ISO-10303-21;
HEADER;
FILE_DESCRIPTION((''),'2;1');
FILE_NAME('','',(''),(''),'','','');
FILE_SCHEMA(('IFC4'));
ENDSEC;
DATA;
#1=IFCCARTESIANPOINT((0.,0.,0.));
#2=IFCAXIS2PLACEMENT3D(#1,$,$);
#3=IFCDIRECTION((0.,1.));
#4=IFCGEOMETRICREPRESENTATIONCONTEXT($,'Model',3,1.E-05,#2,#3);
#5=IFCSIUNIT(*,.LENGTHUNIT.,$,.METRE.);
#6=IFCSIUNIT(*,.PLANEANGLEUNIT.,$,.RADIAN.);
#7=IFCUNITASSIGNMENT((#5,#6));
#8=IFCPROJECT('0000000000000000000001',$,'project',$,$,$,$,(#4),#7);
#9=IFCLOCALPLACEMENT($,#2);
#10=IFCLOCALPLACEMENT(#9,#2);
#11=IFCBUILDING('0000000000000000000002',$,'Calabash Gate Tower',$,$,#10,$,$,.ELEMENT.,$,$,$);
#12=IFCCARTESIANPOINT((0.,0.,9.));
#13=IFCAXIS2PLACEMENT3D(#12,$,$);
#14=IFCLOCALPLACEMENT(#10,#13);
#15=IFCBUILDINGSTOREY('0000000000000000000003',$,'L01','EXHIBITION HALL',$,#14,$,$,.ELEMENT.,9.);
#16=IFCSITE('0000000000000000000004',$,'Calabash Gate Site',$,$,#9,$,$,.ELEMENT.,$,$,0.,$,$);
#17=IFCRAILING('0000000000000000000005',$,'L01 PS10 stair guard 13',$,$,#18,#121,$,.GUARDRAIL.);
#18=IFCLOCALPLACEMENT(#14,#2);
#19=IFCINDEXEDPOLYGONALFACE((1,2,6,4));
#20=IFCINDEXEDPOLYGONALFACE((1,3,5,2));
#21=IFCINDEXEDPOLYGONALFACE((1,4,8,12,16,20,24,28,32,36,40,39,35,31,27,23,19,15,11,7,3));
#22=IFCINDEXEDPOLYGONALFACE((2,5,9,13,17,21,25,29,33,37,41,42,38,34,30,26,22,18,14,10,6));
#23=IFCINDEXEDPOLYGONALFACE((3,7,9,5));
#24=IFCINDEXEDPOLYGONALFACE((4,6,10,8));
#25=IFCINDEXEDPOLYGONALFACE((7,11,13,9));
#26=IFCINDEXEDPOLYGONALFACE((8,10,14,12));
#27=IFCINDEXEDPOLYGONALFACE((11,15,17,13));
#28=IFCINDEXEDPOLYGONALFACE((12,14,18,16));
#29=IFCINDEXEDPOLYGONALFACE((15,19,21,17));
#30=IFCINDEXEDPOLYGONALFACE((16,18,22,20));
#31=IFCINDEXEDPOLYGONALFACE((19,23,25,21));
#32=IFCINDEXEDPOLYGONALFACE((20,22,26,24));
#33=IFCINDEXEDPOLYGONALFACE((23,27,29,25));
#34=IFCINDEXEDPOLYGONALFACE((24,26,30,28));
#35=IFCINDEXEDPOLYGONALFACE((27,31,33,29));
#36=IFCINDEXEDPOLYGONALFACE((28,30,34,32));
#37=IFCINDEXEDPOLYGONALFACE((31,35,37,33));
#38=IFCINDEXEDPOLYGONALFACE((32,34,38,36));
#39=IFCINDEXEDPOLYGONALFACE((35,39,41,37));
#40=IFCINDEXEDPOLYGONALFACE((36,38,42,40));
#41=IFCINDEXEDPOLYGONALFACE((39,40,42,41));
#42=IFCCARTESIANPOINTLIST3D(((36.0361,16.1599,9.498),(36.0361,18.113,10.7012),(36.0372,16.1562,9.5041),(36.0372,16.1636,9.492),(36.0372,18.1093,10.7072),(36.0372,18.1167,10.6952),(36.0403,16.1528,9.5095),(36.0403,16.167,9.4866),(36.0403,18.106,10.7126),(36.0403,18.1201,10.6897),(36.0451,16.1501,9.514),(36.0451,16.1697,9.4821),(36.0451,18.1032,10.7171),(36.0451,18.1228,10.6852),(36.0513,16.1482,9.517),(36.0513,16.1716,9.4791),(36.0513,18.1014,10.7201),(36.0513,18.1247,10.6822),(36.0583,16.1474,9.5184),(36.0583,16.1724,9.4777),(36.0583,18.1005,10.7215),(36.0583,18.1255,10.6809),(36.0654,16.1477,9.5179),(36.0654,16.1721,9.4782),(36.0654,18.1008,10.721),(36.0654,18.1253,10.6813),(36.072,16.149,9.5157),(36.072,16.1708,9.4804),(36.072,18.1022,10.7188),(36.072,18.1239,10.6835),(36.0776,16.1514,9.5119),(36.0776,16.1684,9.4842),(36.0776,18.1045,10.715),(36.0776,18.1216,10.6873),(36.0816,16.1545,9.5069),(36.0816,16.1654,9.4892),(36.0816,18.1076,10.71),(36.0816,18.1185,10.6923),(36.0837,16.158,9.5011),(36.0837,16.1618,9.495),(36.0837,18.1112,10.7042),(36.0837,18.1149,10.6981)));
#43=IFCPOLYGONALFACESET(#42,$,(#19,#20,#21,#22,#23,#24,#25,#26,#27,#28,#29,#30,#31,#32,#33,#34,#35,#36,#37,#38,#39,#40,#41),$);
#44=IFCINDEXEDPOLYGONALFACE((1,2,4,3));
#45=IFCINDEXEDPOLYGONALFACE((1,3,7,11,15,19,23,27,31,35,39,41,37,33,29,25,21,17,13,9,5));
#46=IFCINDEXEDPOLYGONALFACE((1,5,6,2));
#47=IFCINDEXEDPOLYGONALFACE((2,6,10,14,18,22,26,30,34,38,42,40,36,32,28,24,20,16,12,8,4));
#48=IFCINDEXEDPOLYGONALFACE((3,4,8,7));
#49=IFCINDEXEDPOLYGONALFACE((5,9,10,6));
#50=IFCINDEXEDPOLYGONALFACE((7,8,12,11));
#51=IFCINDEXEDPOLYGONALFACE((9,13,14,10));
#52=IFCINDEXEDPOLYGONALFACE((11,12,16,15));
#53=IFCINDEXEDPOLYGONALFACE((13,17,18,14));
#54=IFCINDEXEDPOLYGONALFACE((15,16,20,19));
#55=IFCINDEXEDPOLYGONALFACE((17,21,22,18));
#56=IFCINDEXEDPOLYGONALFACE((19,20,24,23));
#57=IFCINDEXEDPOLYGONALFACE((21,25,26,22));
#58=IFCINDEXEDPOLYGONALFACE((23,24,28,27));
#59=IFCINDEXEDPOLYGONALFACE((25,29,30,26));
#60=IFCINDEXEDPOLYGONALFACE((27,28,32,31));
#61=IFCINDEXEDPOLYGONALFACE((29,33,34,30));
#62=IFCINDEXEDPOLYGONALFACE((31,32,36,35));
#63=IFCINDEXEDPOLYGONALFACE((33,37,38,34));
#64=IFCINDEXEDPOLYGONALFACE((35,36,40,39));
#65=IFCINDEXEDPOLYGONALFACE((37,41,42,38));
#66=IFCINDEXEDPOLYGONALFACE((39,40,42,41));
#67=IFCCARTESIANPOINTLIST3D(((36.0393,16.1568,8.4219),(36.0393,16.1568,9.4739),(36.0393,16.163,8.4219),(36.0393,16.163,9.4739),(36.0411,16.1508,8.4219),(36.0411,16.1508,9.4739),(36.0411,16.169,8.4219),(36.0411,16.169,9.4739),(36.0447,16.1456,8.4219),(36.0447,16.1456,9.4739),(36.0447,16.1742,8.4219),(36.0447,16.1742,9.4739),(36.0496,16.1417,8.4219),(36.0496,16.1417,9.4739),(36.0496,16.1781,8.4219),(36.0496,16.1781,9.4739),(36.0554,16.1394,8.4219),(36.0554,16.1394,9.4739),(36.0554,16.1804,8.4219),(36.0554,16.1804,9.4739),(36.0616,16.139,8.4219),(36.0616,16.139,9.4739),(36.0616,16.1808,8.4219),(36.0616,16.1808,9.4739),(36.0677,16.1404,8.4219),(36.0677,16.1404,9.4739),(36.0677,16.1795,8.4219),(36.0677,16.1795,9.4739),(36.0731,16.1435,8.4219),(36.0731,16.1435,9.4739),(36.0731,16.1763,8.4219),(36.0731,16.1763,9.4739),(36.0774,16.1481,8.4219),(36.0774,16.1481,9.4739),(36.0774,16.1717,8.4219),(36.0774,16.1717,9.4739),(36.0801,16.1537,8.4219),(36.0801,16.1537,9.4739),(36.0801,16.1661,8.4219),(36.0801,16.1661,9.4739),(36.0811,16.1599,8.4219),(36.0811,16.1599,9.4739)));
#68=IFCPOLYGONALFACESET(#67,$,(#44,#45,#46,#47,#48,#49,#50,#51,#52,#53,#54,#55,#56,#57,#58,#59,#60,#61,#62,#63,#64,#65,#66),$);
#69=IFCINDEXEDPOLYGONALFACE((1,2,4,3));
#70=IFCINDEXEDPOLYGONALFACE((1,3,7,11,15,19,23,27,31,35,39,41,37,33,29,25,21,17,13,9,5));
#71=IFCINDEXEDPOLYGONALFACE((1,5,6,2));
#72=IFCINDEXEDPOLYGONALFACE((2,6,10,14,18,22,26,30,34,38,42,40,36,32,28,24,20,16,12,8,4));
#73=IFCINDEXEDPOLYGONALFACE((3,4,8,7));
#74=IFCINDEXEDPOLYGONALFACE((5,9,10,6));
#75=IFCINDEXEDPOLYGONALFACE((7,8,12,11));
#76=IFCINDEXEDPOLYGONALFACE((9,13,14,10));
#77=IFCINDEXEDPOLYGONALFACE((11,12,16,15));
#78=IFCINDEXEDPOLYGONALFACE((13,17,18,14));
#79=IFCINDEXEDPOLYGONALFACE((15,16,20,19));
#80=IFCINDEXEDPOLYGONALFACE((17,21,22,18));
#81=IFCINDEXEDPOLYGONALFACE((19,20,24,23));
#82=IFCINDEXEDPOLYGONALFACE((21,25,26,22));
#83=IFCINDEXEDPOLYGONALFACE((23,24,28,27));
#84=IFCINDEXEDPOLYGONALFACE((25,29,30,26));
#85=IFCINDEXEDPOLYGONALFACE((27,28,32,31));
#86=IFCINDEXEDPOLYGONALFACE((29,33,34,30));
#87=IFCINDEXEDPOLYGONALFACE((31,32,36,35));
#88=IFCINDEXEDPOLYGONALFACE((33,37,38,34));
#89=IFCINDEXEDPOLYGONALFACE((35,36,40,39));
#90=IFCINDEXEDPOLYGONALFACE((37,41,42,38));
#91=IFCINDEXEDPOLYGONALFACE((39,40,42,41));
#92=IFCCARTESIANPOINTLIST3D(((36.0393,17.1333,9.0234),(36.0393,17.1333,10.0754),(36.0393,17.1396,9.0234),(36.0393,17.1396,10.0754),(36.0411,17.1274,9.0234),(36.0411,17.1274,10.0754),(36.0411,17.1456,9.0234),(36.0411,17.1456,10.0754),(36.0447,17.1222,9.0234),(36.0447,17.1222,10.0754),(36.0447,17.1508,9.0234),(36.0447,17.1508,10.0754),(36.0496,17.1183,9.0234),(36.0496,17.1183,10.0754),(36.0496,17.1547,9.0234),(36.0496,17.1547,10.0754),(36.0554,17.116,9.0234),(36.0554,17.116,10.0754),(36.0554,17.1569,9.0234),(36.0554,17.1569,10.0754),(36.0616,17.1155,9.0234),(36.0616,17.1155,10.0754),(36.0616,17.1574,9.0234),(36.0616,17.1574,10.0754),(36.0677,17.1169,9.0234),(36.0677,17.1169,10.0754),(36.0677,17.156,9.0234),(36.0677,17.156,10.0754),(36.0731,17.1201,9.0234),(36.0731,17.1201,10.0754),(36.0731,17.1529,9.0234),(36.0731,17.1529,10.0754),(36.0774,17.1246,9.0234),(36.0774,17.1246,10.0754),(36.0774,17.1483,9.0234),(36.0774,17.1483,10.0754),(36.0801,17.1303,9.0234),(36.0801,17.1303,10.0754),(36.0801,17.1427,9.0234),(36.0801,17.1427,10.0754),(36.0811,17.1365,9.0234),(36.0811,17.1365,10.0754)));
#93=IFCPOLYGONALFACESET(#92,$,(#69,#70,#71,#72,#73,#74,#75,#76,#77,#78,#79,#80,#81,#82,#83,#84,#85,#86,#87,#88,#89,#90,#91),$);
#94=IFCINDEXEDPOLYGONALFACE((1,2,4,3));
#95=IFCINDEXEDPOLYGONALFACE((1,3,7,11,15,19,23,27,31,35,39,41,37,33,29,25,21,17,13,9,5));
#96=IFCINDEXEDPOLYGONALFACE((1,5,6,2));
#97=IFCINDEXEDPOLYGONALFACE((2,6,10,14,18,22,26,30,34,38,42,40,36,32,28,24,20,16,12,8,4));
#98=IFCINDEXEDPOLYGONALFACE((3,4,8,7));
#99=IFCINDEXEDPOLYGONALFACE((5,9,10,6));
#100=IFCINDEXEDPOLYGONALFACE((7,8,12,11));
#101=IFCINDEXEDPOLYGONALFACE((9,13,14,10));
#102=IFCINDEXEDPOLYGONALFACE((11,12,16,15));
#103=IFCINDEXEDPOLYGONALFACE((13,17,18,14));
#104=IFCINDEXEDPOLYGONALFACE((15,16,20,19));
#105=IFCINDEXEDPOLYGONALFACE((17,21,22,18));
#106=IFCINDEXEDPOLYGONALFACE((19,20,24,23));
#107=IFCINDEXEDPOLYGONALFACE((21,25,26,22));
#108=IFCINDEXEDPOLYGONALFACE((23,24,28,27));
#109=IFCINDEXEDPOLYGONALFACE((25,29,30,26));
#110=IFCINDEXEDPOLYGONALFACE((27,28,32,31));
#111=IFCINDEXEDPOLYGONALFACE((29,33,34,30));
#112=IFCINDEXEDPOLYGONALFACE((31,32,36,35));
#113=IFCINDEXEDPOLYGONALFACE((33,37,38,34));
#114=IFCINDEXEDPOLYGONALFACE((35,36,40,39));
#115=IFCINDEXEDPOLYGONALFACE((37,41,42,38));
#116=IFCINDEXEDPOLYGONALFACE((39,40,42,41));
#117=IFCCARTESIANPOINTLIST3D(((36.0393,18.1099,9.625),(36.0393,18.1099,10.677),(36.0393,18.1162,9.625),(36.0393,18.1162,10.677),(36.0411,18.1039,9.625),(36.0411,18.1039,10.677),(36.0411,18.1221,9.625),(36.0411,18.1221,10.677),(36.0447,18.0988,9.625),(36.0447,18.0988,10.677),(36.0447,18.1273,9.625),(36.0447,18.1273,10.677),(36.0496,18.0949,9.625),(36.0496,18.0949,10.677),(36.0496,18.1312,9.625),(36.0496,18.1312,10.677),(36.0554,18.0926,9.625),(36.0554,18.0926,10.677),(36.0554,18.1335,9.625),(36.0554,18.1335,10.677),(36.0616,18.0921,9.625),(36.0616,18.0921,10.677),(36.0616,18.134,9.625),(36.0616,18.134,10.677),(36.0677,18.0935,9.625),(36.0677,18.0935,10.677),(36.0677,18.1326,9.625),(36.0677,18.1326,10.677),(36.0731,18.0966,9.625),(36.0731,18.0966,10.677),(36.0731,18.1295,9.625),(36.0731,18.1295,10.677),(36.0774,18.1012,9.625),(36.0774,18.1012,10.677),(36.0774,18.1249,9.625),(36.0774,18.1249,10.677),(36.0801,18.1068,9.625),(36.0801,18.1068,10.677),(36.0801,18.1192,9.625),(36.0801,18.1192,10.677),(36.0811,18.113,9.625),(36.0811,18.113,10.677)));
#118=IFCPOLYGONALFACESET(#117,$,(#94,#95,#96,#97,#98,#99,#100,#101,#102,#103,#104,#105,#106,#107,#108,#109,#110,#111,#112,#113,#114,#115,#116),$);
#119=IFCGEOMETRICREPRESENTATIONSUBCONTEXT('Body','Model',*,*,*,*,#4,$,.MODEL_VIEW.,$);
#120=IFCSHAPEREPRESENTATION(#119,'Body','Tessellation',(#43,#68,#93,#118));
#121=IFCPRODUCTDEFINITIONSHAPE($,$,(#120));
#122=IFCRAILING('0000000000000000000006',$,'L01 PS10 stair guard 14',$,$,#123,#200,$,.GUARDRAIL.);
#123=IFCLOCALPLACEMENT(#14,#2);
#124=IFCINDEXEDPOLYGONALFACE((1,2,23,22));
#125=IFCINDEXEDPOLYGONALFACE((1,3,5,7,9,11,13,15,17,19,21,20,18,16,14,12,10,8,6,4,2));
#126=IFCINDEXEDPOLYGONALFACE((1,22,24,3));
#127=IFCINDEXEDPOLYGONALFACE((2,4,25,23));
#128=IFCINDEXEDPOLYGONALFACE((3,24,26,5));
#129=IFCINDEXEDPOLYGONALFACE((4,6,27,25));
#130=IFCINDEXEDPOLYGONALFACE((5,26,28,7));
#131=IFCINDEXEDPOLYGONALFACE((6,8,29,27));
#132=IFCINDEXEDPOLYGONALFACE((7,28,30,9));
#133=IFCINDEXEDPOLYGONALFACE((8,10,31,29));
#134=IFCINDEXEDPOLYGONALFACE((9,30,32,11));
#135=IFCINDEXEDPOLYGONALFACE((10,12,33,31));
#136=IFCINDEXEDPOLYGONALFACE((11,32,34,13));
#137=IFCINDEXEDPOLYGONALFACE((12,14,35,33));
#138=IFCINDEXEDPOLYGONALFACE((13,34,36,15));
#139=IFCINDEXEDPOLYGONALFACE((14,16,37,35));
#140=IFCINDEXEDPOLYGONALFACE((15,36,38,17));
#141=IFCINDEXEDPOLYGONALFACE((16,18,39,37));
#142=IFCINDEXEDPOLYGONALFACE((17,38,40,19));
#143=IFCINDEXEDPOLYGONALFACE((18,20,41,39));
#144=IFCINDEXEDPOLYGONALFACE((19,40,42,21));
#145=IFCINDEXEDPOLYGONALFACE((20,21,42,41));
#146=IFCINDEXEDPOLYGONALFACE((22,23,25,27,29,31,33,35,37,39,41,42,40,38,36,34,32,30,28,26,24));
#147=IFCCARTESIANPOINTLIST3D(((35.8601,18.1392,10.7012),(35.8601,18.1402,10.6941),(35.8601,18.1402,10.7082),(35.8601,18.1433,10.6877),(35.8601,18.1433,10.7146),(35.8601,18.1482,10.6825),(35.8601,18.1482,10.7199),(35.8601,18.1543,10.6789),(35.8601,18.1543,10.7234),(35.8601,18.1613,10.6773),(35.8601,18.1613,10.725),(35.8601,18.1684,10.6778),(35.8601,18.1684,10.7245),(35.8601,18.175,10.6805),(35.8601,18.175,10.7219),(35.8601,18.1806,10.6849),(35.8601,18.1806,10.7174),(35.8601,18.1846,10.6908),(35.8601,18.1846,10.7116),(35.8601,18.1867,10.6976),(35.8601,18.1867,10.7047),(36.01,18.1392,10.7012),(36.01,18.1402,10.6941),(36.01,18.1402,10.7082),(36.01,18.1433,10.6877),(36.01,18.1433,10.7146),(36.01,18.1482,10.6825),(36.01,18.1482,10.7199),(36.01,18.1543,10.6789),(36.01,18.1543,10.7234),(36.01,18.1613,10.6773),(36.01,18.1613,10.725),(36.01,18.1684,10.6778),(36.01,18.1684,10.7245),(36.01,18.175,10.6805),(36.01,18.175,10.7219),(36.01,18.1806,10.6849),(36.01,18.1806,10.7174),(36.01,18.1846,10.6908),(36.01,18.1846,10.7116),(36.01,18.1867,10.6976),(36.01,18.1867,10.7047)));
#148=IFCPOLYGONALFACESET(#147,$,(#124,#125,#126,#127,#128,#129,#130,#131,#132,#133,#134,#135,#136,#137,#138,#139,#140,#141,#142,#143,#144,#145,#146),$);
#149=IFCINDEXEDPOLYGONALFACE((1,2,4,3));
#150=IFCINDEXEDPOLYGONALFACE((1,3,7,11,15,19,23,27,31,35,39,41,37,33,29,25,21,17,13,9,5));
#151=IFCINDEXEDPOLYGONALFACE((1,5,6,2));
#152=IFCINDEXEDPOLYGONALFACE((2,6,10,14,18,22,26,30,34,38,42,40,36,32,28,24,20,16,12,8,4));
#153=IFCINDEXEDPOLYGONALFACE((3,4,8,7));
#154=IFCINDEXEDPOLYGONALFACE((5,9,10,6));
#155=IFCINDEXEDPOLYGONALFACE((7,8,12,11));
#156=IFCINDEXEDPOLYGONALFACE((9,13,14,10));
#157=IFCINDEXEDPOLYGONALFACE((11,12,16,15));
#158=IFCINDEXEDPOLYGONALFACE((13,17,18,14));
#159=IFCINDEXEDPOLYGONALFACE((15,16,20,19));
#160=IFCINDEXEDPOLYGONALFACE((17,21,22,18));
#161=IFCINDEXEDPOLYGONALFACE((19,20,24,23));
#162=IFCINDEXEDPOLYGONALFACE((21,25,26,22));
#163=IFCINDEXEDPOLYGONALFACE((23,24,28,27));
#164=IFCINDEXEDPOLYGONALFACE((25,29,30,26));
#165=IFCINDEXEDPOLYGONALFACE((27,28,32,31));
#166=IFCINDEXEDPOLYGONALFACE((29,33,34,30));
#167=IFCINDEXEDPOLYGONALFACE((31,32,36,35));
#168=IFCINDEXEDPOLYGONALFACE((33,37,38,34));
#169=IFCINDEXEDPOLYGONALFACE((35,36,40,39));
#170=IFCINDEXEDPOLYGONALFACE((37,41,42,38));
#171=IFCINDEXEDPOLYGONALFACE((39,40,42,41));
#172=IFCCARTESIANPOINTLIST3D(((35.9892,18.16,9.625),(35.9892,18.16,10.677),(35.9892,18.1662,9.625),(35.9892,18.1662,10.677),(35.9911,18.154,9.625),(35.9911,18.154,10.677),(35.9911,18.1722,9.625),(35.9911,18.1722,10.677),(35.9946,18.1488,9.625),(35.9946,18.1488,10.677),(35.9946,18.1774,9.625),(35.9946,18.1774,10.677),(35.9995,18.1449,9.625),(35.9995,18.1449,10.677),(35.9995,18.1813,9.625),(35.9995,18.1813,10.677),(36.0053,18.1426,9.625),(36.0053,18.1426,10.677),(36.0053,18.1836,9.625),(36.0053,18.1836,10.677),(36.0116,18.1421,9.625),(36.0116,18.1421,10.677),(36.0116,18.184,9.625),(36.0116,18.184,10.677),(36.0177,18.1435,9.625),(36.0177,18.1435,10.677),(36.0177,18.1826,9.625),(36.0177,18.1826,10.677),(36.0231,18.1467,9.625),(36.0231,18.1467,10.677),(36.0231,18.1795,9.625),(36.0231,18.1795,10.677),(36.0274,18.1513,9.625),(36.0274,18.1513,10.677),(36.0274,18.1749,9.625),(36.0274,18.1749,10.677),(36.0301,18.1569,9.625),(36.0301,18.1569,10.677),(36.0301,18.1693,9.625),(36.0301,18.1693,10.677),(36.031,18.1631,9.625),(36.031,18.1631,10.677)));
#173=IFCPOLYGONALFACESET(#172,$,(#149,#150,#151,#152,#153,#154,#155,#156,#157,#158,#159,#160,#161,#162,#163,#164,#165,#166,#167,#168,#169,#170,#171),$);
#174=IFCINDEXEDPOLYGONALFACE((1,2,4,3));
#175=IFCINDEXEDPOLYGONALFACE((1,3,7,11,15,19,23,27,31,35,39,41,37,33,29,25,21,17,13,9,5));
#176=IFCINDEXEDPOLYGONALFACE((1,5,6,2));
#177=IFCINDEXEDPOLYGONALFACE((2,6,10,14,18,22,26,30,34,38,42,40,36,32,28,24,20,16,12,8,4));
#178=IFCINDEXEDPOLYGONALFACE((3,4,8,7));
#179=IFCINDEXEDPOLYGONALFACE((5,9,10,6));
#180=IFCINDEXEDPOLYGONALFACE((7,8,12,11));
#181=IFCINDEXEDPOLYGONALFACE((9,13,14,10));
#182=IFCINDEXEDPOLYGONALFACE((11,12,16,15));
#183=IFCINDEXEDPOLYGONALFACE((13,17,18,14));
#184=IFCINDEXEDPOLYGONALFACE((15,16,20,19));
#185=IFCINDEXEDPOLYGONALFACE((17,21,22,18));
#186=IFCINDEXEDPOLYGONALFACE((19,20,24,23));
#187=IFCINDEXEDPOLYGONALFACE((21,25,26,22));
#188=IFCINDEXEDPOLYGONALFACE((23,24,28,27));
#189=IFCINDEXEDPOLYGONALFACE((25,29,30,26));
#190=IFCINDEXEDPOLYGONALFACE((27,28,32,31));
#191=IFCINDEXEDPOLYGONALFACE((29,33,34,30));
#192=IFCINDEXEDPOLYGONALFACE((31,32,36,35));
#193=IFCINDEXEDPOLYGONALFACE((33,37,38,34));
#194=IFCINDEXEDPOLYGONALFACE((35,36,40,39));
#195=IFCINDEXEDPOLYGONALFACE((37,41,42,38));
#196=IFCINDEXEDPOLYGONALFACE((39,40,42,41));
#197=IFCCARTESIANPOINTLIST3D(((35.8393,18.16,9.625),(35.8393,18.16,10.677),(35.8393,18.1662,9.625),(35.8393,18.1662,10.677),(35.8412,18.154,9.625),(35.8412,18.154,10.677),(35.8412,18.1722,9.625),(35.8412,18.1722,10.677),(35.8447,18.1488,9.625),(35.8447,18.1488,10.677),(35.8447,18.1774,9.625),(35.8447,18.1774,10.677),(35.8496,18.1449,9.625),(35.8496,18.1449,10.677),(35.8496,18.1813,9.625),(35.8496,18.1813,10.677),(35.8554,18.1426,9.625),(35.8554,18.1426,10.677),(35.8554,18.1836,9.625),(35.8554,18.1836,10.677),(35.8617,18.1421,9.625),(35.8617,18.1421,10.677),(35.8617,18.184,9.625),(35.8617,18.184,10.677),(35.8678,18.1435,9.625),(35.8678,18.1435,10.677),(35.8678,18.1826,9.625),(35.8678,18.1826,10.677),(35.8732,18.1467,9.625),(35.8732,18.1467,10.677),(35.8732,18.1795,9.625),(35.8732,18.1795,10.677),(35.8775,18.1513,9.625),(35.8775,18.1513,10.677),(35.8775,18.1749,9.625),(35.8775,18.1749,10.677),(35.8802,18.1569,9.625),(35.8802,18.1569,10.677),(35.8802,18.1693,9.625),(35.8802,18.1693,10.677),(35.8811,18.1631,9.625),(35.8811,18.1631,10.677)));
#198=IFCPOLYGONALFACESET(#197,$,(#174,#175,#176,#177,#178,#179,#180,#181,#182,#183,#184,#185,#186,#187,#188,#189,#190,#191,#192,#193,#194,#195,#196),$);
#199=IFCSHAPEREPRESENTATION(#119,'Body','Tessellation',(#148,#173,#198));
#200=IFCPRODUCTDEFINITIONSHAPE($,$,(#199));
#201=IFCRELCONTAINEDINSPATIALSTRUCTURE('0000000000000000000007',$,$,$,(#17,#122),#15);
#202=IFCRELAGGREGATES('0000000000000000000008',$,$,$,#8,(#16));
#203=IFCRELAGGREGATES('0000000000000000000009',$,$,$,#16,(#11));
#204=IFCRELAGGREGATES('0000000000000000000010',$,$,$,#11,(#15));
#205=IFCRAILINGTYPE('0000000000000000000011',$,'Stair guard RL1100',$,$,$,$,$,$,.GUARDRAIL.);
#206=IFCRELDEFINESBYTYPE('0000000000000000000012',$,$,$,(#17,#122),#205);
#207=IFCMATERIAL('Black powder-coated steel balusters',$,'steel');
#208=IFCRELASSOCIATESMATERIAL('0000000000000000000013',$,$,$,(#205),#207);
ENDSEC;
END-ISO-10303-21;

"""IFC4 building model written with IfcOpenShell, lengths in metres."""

from ifc_helpers import new_model, si_unit, direction, frame, origin, origin_2d, place, context, subcontext, project, spatial, circle, extrude, material, type_object, element, save


model = new_model("IFC4")

# Units and contexts
model_context = context("Model", 3, precision=1e-05, world=origin(), true_north=direction((0.0, 1.0)))
body_context = subcontext(model_context, "Body", "Model", "MODEL_VIEW")
ifc_project = project(units=[si_unit("LENGTHUNIT", "METRE"), si_unit("PLANEANGLEUNIT", "RADIAN")], contexts=[model_context])

# Site, building, storey
site_placement = place(None, origin())
site = spatial("IfcSite", under=ifc_project, at=site_placement, Name="Calabash Gate Site", CompositionType="ELEMENT", RefElevation=0.0)
building_placement = place(site_placement, origin())
building = spatial("IfcBuilding", under=site, at=building_placement, Name="Calabash Gate Tower", CompositionType="ELEMENT")
storey_placement = place(building_placement, frame((0.0, 0.0, 9.0)))
storey = spatial("IfcBuildingStorey", under=building, at=storey_placement, Name="L01", Description="EXHIBITION HALL", CompositionType="ELEMENT", Elevation=9.0)

# Railings
ifc_material_1 = material(Name="Black powder-coated steel balusters", Category="steel")
railing_type_1 = type_object("IfcRailingType", Name="Stair guard RL1100", PredefinedType="GUARDRAIL", material=ifc_material_1)
railing_1_placement = place(storey_placement, frame((36.0601, 16.1599, 8.4219)))
element("IfcRailing", 1, at=railing_1_placement, inside=storey, type_object=railing_type_1, Name="L01 PS10 stair guard 13", PredefinedType="GUARDRAIL", context=body_context, shape_type="SweptSolid", body=[
    extrude(circle(Radius=0.0239, at=origin_2d()), frame((0.0, 0.0, 1.0762), z_axis=(0.0, 0.851424, 0.524477), x_axis=(-1.0, 0.0, 0.0)), (0.0, 0.0, 1.0), 2.2939),
    extrude(circle(Radius=0.021, at=origin_2d()), origin(), (0.0, 0.0, 1.0), 1.052),
    extrude(circle(Radius=0.021, at=origin_2d()), frame((0.0, 0.9766, 0.6016)), (0.0, 0.0, 1.0), 1.052),
    extrude(circle(Radius=0.021, at=origin_2d()), frame((0.0, 1.9531, 1.2031)), (0.0, 0.0, 1.0), 1.052),
])
railing_2_placement = place(storey_placement, frame((36.01, 18.1631, 9.625)))
element("IfcRailing", 2, at=railing_2_placement, inside=storey, type_object=railing_type_1, Name="L01 PS10 stair guard 14", PredefinedType="GUARDRAIL", context=body_context, shape_type="SweptSolid", body=[
    extrude(circle(Radius=0.0239, at=origin_2d()), frame((0.0, 0.0, 1.0762), z_axis=(-1.0, 0.0, 0.0), x_axis=(0.0, -1.0, 0.0)), (0.0, 0.0, 1.0), 0.1499),
    extrude(circle(Radius=0.021, at=origin_2d()), origin(), (0.0, 0.0, 1.0), 1.052),
    extrude(circle(Radius=0.021, at=origin_2d()), frame((-0.1499, 0.0, 0.0)), (0.0, 0.0, 1.0), 1.052),
])

save(model, "model.ifc")
